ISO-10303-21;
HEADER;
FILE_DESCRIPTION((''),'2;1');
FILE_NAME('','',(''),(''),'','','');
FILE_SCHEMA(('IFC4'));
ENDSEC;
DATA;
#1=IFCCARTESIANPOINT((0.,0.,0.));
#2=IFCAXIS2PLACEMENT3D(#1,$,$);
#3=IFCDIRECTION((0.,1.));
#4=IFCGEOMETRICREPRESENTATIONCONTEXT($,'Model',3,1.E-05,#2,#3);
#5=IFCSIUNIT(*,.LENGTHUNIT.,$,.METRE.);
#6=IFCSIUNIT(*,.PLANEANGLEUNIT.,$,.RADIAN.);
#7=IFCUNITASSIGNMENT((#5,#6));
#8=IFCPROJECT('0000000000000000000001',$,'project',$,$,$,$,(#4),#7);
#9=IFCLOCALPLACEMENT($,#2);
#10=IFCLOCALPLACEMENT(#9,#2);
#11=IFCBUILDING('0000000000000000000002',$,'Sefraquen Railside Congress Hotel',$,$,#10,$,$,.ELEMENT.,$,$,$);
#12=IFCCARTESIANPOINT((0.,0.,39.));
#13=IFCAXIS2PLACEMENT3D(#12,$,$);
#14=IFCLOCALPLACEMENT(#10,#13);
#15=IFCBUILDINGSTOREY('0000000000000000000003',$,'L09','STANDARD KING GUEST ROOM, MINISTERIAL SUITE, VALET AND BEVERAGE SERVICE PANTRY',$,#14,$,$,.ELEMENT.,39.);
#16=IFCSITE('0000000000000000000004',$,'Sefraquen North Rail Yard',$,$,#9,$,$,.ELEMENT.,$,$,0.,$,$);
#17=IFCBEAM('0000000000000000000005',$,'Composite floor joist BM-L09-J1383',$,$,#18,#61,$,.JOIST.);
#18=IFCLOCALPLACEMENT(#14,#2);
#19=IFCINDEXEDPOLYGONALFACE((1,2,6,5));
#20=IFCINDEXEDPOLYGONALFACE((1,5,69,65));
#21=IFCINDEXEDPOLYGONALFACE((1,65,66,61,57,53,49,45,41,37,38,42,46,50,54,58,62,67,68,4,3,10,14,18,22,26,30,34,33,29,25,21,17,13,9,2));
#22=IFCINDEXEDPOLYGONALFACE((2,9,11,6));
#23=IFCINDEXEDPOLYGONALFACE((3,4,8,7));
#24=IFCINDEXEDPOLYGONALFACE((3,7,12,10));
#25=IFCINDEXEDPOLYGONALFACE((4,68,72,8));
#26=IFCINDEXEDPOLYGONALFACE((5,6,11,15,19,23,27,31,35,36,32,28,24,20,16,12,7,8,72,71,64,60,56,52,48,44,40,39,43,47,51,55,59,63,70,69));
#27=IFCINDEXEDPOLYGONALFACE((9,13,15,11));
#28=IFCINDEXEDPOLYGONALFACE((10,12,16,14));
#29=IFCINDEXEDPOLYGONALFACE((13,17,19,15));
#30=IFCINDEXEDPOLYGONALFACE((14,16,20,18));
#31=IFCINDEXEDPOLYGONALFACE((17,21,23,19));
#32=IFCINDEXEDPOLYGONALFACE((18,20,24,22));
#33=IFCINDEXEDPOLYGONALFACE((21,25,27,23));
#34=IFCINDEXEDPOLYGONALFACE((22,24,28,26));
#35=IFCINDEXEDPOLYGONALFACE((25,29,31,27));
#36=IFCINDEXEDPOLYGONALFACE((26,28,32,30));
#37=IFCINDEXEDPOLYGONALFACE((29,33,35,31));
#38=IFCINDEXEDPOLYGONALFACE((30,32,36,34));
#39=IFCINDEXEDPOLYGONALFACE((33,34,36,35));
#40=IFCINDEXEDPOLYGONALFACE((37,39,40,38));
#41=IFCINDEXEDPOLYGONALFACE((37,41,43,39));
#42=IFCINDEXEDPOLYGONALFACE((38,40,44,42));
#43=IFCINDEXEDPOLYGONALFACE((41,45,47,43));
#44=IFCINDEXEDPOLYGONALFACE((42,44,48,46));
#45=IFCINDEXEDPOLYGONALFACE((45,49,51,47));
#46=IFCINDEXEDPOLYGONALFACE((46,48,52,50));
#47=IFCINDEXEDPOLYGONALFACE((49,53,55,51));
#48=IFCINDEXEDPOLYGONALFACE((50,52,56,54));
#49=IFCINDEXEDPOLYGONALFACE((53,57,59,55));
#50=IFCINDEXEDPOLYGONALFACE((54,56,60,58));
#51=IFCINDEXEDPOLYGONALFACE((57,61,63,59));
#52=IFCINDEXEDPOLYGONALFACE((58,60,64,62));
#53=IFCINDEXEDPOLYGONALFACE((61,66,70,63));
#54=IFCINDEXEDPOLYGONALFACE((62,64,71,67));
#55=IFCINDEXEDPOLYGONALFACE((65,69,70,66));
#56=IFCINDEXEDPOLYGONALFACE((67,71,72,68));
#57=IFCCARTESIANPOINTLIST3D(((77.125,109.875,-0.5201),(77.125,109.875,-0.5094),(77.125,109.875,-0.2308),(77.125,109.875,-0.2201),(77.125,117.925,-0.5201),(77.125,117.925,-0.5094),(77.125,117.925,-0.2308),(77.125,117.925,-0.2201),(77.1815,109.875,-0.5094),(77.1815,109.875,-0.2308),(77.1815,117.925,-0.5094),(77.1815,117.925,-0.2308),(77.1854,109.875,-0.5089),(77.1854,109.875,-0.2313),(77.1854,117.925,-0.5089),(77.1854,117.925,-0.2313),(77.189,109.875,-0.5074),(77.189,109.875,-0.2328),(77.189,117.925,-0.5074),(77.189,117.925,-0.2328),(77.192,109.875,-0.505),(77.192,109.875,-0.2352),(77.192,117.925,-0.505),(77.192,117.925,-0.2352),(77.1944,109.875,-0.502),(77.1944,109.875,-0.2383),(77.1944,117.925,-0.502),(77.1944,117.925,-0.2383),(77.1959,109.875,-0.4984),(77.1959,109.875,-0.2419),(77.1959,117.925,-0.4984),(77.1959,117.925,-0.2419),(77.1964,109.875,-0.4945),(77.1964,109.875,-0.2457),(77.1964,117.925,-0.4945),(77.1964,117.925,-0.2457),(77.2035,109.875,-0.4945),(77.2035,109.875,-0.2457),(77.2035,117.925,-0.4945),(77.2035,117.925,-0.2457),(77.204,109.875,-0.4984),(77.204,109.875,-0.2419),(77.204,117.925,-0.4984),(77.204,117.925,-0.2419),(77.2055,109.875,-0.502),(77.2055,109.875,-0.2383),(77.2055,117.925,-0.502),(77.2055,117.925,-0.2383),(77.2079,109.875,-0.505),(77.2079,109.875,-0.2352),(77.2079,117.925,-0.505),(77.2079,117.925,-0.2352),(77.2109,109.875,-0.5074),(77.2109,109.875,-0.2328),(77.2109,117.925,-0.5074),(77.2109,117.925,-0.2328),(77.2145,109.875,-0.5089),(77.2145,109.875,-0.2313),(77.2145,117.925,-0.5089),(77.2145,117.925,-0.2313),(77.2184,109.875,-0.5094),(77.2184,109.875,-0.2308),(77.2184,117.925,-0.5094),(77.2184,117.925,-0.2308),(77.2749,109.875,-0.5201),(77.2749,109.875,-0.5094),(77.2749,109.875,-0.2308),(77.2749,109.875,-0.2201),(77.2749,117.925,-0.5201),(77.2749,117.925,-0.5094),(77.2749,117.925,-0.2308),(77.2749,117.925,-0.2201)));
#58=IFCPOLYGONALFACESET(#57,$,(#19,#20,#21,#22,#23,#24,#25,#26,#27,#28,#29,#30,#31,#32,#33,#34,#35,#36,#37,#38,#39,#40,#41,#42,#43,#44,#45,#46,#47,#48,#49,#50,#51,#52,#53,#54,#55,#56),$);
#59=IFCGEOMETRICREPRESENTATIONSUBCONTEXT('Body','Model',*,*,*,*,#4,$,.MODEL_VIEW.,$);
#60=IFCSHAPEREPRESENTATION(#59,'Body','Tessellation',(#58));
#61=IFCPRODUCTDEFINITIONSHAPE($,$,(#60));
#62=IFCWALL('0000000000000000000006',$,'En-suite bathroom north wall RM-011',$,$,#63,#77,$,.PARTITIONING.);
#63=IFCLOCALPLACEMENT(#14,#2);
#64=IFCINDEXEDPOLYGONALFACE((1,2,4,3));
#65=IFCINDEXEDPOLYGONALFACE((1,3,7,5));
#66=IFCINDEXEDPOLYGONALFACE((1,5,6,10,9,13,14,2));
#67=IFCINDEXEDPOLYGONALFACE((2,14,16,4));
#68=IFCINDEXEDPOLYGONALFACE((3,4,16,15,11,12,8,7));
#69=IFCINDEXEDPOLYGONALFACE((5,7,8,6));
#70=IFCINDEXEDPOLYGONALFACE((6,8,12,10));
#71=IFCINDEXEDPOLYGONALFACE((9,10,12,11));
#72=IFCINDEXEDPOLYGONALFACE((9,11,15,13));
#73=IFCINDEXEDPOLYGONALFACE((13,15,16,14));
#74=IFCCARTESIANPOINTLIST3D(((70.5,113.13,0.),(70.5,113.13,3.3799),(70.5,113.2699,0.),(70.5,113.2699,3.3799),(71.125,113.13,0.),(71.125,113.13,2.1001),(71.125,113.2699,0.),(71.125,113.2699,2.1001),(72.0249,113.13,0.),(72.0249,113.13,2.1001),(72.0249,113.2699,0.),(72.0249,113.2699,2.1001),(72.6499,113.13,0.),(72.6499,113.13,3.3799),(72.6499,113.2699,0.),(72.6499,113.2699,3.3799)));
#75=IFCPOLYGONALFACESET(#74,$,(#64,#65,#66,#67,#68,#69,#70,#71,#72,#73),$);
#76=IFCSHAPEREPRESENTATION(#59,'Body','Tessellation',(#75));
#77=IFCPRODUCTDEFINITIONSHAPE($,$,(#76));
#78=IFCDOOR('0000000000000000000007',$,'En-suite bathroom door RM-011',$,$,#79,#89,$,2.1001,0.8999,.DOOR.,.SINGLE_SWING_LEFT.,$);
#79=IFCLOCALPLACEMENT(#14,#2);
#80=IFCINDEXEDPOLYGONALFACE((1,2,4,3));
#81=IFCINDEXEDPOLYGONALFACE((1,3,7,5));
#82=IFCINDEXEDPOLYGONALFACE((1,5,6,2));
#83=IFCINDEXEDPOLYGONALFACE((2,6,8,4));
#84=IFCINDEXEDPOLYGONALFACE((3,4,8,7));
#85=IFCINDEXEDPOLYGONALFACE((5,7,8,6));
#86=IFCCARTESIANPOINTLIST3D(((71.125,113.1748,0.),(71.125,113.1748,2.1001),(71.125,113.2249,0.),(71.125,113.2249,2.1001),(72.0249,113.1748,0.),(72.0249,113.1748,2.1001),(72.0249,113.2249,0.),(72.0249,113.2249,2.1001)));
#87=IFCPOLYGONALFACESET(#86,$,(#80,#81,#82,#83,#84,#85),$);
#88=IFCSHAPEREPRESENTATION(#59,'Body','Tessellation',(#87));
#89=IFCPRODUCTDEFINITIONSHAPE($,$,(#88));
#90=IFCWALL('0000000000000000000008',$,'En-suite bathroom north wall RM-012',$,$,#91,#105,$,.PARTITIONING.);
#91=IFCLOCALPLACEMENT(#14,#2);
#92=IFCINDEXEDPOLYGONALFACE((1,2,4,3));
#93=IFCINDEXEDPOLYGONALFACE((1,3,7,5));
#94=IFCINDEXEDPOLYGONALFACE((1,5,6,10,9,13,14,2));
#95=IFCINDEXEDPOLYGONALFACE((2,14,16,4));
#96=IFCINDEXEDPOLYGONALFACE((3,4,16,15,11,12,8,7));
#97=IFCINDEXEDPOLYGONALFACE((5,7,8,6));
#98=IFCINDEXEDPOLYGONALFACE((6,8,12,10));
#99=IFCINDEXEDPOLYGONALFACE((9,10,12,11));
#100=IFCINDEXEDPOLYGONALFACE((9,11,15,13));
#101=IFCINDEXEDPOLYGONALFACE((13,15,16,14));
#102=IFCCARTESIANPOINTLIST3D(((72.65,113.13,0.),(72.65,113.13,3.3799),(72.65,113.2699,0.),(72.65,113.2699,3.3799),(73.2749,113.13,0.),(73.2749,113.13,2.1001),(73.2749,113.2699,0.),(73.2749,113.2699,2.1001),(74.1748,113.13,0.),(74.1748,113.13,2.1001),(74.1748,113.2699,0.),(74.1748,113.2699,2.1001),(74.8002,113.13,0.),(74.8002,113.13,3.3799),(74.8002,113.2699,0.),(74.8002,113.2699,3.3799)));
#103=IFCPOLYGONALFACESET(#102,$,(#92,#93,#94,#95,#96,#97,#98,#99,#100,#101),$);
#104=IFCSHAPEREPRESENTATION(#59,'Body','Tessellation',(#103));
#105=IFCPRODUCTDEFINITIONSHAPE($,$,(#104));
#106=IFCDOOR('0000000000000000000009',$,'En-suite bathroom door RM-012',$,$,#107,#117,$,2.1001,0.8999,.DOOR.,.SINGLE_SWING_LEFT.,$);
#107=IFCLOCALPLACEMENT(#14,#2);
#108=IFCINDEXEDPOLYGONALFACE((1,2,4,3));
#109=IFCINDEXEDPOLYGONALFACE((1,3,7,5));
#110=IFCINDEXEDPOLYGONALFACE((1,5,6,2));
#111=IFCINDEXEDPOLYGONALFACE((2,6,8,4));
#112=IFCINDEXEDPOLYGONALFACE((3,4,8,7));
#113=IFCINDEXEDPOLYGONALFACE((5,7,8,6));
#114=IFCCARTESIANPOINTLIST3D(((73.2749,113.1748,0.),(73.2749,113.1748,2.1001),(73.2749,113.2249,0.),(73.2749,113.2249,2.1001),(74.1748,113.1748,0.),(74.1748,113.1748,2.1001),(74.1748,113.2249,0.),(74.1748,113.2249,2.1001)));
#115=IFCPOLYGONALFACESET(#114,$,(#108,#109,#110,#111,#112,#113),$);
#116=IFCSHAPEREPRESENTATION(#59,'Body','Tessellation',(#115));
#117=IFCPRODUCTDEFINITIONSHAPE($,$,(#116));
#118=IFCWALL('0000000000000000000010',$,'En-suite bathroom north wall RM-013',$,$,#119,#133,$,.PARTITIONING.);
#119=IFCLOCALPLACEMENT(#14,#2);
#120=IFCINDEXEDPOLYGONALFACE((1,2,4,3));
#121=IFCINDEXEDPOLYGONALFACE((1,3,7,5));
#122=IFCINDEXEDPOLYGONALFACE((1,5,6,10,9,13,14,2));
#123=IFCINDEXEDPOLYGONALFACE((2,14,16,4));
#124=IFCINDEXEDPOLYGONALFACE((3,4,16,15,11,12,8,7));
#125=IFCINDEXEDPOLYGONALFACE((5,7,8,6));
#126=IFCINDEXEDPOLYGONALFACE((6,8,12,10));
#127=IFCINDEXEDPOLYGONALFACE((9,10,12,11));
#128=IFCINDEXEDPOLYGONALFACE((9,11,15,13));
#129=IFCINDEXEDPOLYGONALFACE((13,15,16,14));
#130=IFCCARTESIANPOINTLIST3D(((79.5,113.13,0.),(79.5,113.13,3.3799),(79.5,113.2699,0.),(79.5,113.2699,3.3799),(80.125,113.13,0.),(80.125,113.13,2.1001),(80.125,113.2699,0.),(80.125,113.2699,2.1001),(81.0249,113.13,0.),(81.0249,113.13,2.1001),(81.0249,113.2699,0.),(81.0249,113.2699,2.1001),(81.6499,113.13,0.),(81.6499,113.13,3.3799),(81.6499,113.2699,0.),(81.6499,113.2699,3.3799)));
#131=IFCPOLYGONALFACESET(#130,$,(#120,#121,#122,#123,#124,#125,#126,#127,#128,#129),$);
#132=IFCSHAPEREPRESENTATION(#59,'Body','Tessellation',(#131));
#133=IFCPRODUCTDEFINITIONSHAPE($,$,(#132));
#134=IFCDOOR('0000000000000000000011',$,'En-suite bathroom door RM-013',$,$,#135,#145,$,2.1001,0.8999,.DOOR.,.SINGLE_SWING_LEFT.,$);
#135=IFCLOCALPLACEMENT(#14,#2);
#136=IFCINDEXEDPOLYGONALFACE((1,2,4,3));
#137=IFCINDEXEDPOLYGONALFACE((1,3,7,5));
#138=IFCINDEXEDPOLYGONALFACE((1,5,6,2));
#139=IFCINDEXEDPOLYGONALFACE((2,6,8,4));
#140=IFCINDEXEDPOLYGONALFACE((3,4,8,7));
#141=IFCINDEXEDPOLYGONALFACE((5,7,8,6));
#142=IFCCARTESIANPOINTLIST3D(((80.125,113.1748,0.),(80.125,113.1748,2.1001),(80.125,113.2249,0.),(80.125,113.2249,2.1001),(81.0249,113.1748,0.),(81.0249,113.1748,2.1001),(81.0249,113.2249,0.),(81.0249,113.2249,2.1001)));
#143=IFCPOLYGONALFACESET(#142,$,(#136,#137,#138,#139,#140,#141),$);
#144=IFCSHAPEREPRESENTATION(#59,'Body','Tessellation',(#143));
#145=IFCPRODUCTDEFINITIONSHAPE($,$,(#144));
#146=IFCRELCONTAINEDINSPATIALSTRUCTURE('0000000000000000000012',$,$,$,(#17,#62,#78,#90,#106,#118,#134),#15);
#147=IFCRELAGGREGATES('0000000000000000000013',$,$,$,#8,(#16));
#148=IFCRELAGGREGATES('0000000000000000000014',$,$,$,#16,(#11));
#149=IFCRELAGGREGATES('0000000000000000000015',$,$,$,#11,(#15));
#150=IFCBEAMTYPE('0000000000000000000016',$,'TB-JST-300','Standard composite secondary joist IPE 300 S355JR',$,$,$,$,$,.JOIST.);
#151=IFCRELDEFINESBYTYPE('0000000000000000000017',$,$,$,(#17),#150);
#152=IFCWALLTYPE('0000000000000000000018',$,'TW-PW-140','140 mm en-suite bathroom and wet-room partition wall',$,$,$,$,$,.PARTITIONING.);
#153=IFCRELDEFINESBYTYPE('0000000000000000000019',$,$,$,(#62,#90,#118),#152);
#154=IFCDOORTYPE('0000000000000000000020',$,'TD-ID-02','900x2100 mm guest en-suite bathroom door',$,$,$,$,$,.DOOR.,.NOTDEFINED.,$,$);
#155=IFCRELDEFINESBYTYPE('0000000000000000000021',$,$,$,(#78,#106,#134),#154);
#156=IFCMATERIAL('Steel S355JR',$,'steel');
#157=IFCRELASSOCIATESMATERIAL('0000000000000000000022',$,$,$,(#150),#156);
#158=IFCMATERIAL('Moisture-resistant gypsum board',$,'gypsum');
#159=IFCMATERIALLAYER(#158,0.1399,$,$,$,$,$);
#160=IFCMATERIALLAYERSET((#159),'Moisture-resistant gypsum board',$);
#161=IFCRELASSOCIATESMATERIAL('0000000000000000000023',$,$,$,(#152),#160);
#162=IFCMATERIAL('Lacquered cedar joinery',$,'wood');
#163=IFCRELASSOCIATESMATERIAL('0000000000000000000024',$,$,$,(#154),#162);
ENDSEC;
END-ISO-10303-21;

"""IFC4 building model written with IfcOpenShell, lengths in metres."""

from ifc_helpers import new_model, si_unit, direction, frame, frame_2d, origin, origin_2d, place, context, subcontext, project, spatial, rectangle, i_section, extrude, material, layer, layer_set, material_profile, profile_set, type_object, element, fill, save


model = new_model("IFC4")

# Units and contexts
model_context = context("Model", 3, precision=1e-05, world=origin(), true_north=direction((0.0, 1.0)))
body_context = subcontext(model_context, "Body", "Model", "MODEL_VIEW")
ifc_project = project(units=[si_unit("LENGTHUNIT", "METRE"), si_unit("PLANEANGLEUNIT", "RADIAN")], contexts=[model_context])

# Site, building, storey
site_placement = place(None, origin())
site = spatial("IfcSite", under=ifc_project, at=site_placement, Name="Sefraquen North Rail Yard", CompositionType="ELEMENT", RefElevation=0.0)
building_placement = place(site_placement, origin())
building = spatial("IfcBuilding", under=site, at=building_placement, Name="Sefraquen Railside Congress Hotel", CompositionType="ELEMENT")
storey_placement = place(building_placement, frame((0.0, 0.0, 39.0)))
storey = spatial("IfcBuildingStorey", under=building, at=storey_placement, Name="L09", Description="STANDARD KING GUEST ROOM, MINISTERIAL SUITE, VALET AND BEVERAGE SERVICE PANTRY", CompositionType="ELEMENT", Elevation=39.0)

# Shared definitions
ifc_material_1 = material(Name="Steel S355JR", Category="steel")

# Beam
ifc_material_profile_1 = material_profile(ifc_material_1, i_section(OverallWidth=0.1499, OverallDepth=0.3, WebThickness=0.0071, FlangeThickness=0.0107, FilletRadius=0.0149, at=origin_2d()), Name="IPE 300")
ifc_profile_set_1 = profile_set([ifc_material_profile_1], Name="Steel S355JR")
beam_type_1 = type_object("IfcBeamType", Name="TB-JST-300", Description="Standard composite secondary joist IPE 300 S355JR", PredefinedType="JOIST", material=ifc_profile_set_1)
for number, where, z_axis, x_axis, name in (
    (1, (77.2, 109.875, -0.3701), (0.0, 1.0, 0.0), (-1.0, 0.0, 0.0), "Composite floor joist BM-L09-J1383"),
):
    element("IfcBeam", number, at=place(storey_placement, frame(where, z_axis=z_axis, x_axis=x_axis)), inside=storey, type_object=beam_type_1, Name=name, PredefinedType="JOIST", context=body_context, shape_type="SweptSolid", body=[
        extrude(i_section(OverallWidth=0.1499, OverallDepth=0.3, WebThickness=0.0071, FlangeThickness=0.0107, FilletRadius=0.0149, at=origin_2d()), origin(), (0.0, 0.0, 1.0), 8.05),
    ])

# Walls, openings, doors
ifc_material_2 = material(Name="Moisture-resistant gypsum board", Category="gypsum")
ifc_layer = layer(ifc_material_2, 0.1399)
ifc_layer_set = layer_set([ifc_layer], Name="Moisture-resistant gypsum board")
wall_type = type_object("IfcWallType", Name="TW-PW-140", Description="140 mm en-suite bathroom and wet-room partition wall", PredefinedType="PARTITIONING", material=ifc_layer_set)
wall_1_placement = place(storey_placement, frame((70.5, 113.2, 0.0), z_axis=(0.0, 0.0, 1.0), x_axis=(1.0, 0.0, 0.0)))
wall_1 = element("IfcWall", 2, at=wall_1_placement, inside=storey, type_object=wall_type, Name="En-suite bathroom north wall RM-011", PredefinedType="PARTITIONING", context=body_context, shape_type="SweptSolid", body=[
    extrude(rectangle(XDim=2.1499, YDim=0.1399, at=frame_2d((1.075, 0.0))), origin(), (0.0, 0.0, 1.0), 3.3799),
])
opening_1_placement = place(wall_1_placement, frame((0.625, 0.0, 0.0)))
opening_1 = element("IfcOpeningElement", 3, at=opening_1_placement, cuts=wall_1, PredefinedType="OPENING", context=body_context, shape_type="SweptSolid", body=[
    extrude(rectangle(XDim=0.8999, YDim=2.1001, at=frame_2d((0.45, 1.05))), frame((0.0, 0.0798, 0.0), z_axis=(0.0, -1.0, 0.0), x_axis=(1.0, 0.0, 0.0)), (0.0, 0.0, 1.0), 0.1599),
])
ifc_material_3 = material(Name="Lacquered cedar joinery", Category="wood")
door_type = type_object("IfcDoorType", Name="TD-ID-02", Description="900x2100 mm guest en-suite bathroom door", OperationType="NOTDEFINED", PredefinedType="DOOR", material=ifc_material_3)
door_1_placement = place(opening_1_placement, origin())
door_1 = element("IfcDoor", 4, at=door_1_placement, inside=storey, type_object=door_type, Name="En-suite bathroom door RM-011", OperationType="SINGLE_SWING_LEFT", OverallHeight=2.1001, OverallWidth=0.8999, PredefinedType="DOOR", context=body_context, shape_type="SweptSolid", body=[
    extrude(rectangle(XDim=0.8999, YDim=2.1001, at=frame_2d((0.45, 1.05))), frame((0.0, 0.0249, 0.0), z_axis=(0.0, -1.0, 0.0), x_axis=(1.0, 0.0, 0.0)), (0.0, 0.0, 1.0), 0.05),
])
fill(opening_1, door_1)
wall_2_placement = place(storey_placement, frame((72.6499, 113.2, 0.0), z_axis=(0.0, 0.0, 1.0), x_axis=(1.0, 0.0, 0.0)))
wall_2 = element("IfcWall", 5, at=wall_2_placement, inside=storey, type_object=wall_type, Name="En-suite bathroom north wall RM-012", PredefinedType="PARTITIONING", context=body_context, shape_type="SweptSolid", body=[
    extrude(rectangle(XDim=2.1501, YDim=0.1399, at=frame_2d((1.0752, 0.0))), origin(), (0.0, 0.0, 1.0), 3.3799),
])
opening_2_placement = place(wall_2_placement, frame((0.625, 0.0, 0.0)))
opening_2 = element("IfcOpeningElement", 6, at=opening_2_placement, cuts=wall_2, PredefinedType="OPENING", context=body_context, shape_type="SweptSolid", body=[
    extrude(rectangle(XDim=0.8999, YDim=2.1001, at=frame_2d((0.45, 1.05))), frame((0.0, 0.0798, 0.0), z_axis=(0.0, -1.0, 0.0), x_axis=(1.0, 0.0, 0.0)), (0.0, 0.0, 1.0), 0.1599),
])
door_2_placement = place(opening_2_placement, origin())
door_2 = element("IfcDoor", 7, at=door_2_placement, inside=storey, type_object=door_type, Name="En-suite bathroom door RM-012", OperationType="SINGLE_SWING_LEFT", OverallHeight=2.1001, OverallWidth=0.8999, PredefinedType="DOOR", context=body_context, shape_type="SweptSolid", body=[
    extrude(rectangle(XDim=0.8999, YDim=2.1001, at=frame_2d((0.45, 1.05))), frame((0.0, 0.0249, 0.0), z_axis=(0.0, -1.0, 0.0), x_axis=(1.0, 0.0, 0.0)), (0.0, 0.0, 1.0), 0.05),
])
fill(opening_2, door_2)
wall_3_placement = place(storey_placement, frame((79.5, 113.2, 0.0), z_axis=(0.0, 0.0, 1.0), x_axis=(1.0, 0.0, 0.0)))
wall_3 = element("IfcWall", 8, at=wall_3_placement, inside=storey, type_object=wall_type, Name="En-suite bathroom north wall RM-013", PredefinedType="PARTITIONING", context=body_context, shape_type="SweptSolid", body=[
    extrude(rectangle(XDim=2.1499, YDim=0.1399, at=frame_2d((1.075, 0.0))), origin(), (0.0, 0.0, 1.0), 3.3799),
])
opening_3_placement = place(wall_3_placement, frame((0.625, 0.0, 0.0)))
opening_3 = element("IfcOpeningElement", 9, at=opening_3_placement, cuts=wall_3, PredefinedType="OPENING", context=body_context, shape_type="SweptSolid", body=[
    extrude(rectangle(XDim=0.8999, YDim=2.1001, at=frame_2d((0.45, 1.05))), frame((0.0, 0.0798, 0.0), z_axis=(0.0, -1.0, 0.0), x_axis=(1.0, 0.0, 0.0)), (0.0, 0.0, 1.0), 0.1599),
])
door_3_placement = place(opening_3_placement, origin())
door_3 = element("IfcDoor", 10, at=door_3_placement, inside=storey, type_object=door_type, Name="En-suite bathroom door RM-013", OperationType="SINGLE_SWING_LEFT", OverallHeight=2.1001, OverallWidth=0.8999, PredefinedType="DOOR", context=body_context, shape_type="SweptSolid", body=[
    extrude(rectangle(XDim=0.8999, YDim=2.1001, at=frame_2d((0.45, 1.05))), frame((0.0, 0.0249, 0.0), z_axis=(0.0, -1.0, 0.0), x_axis=(1.0, 0.0, 0.0)), (0.0, 0.0, 1.0), 0.05),
])
fill(opening_3, door_3)

save(model, "model.ifc")
